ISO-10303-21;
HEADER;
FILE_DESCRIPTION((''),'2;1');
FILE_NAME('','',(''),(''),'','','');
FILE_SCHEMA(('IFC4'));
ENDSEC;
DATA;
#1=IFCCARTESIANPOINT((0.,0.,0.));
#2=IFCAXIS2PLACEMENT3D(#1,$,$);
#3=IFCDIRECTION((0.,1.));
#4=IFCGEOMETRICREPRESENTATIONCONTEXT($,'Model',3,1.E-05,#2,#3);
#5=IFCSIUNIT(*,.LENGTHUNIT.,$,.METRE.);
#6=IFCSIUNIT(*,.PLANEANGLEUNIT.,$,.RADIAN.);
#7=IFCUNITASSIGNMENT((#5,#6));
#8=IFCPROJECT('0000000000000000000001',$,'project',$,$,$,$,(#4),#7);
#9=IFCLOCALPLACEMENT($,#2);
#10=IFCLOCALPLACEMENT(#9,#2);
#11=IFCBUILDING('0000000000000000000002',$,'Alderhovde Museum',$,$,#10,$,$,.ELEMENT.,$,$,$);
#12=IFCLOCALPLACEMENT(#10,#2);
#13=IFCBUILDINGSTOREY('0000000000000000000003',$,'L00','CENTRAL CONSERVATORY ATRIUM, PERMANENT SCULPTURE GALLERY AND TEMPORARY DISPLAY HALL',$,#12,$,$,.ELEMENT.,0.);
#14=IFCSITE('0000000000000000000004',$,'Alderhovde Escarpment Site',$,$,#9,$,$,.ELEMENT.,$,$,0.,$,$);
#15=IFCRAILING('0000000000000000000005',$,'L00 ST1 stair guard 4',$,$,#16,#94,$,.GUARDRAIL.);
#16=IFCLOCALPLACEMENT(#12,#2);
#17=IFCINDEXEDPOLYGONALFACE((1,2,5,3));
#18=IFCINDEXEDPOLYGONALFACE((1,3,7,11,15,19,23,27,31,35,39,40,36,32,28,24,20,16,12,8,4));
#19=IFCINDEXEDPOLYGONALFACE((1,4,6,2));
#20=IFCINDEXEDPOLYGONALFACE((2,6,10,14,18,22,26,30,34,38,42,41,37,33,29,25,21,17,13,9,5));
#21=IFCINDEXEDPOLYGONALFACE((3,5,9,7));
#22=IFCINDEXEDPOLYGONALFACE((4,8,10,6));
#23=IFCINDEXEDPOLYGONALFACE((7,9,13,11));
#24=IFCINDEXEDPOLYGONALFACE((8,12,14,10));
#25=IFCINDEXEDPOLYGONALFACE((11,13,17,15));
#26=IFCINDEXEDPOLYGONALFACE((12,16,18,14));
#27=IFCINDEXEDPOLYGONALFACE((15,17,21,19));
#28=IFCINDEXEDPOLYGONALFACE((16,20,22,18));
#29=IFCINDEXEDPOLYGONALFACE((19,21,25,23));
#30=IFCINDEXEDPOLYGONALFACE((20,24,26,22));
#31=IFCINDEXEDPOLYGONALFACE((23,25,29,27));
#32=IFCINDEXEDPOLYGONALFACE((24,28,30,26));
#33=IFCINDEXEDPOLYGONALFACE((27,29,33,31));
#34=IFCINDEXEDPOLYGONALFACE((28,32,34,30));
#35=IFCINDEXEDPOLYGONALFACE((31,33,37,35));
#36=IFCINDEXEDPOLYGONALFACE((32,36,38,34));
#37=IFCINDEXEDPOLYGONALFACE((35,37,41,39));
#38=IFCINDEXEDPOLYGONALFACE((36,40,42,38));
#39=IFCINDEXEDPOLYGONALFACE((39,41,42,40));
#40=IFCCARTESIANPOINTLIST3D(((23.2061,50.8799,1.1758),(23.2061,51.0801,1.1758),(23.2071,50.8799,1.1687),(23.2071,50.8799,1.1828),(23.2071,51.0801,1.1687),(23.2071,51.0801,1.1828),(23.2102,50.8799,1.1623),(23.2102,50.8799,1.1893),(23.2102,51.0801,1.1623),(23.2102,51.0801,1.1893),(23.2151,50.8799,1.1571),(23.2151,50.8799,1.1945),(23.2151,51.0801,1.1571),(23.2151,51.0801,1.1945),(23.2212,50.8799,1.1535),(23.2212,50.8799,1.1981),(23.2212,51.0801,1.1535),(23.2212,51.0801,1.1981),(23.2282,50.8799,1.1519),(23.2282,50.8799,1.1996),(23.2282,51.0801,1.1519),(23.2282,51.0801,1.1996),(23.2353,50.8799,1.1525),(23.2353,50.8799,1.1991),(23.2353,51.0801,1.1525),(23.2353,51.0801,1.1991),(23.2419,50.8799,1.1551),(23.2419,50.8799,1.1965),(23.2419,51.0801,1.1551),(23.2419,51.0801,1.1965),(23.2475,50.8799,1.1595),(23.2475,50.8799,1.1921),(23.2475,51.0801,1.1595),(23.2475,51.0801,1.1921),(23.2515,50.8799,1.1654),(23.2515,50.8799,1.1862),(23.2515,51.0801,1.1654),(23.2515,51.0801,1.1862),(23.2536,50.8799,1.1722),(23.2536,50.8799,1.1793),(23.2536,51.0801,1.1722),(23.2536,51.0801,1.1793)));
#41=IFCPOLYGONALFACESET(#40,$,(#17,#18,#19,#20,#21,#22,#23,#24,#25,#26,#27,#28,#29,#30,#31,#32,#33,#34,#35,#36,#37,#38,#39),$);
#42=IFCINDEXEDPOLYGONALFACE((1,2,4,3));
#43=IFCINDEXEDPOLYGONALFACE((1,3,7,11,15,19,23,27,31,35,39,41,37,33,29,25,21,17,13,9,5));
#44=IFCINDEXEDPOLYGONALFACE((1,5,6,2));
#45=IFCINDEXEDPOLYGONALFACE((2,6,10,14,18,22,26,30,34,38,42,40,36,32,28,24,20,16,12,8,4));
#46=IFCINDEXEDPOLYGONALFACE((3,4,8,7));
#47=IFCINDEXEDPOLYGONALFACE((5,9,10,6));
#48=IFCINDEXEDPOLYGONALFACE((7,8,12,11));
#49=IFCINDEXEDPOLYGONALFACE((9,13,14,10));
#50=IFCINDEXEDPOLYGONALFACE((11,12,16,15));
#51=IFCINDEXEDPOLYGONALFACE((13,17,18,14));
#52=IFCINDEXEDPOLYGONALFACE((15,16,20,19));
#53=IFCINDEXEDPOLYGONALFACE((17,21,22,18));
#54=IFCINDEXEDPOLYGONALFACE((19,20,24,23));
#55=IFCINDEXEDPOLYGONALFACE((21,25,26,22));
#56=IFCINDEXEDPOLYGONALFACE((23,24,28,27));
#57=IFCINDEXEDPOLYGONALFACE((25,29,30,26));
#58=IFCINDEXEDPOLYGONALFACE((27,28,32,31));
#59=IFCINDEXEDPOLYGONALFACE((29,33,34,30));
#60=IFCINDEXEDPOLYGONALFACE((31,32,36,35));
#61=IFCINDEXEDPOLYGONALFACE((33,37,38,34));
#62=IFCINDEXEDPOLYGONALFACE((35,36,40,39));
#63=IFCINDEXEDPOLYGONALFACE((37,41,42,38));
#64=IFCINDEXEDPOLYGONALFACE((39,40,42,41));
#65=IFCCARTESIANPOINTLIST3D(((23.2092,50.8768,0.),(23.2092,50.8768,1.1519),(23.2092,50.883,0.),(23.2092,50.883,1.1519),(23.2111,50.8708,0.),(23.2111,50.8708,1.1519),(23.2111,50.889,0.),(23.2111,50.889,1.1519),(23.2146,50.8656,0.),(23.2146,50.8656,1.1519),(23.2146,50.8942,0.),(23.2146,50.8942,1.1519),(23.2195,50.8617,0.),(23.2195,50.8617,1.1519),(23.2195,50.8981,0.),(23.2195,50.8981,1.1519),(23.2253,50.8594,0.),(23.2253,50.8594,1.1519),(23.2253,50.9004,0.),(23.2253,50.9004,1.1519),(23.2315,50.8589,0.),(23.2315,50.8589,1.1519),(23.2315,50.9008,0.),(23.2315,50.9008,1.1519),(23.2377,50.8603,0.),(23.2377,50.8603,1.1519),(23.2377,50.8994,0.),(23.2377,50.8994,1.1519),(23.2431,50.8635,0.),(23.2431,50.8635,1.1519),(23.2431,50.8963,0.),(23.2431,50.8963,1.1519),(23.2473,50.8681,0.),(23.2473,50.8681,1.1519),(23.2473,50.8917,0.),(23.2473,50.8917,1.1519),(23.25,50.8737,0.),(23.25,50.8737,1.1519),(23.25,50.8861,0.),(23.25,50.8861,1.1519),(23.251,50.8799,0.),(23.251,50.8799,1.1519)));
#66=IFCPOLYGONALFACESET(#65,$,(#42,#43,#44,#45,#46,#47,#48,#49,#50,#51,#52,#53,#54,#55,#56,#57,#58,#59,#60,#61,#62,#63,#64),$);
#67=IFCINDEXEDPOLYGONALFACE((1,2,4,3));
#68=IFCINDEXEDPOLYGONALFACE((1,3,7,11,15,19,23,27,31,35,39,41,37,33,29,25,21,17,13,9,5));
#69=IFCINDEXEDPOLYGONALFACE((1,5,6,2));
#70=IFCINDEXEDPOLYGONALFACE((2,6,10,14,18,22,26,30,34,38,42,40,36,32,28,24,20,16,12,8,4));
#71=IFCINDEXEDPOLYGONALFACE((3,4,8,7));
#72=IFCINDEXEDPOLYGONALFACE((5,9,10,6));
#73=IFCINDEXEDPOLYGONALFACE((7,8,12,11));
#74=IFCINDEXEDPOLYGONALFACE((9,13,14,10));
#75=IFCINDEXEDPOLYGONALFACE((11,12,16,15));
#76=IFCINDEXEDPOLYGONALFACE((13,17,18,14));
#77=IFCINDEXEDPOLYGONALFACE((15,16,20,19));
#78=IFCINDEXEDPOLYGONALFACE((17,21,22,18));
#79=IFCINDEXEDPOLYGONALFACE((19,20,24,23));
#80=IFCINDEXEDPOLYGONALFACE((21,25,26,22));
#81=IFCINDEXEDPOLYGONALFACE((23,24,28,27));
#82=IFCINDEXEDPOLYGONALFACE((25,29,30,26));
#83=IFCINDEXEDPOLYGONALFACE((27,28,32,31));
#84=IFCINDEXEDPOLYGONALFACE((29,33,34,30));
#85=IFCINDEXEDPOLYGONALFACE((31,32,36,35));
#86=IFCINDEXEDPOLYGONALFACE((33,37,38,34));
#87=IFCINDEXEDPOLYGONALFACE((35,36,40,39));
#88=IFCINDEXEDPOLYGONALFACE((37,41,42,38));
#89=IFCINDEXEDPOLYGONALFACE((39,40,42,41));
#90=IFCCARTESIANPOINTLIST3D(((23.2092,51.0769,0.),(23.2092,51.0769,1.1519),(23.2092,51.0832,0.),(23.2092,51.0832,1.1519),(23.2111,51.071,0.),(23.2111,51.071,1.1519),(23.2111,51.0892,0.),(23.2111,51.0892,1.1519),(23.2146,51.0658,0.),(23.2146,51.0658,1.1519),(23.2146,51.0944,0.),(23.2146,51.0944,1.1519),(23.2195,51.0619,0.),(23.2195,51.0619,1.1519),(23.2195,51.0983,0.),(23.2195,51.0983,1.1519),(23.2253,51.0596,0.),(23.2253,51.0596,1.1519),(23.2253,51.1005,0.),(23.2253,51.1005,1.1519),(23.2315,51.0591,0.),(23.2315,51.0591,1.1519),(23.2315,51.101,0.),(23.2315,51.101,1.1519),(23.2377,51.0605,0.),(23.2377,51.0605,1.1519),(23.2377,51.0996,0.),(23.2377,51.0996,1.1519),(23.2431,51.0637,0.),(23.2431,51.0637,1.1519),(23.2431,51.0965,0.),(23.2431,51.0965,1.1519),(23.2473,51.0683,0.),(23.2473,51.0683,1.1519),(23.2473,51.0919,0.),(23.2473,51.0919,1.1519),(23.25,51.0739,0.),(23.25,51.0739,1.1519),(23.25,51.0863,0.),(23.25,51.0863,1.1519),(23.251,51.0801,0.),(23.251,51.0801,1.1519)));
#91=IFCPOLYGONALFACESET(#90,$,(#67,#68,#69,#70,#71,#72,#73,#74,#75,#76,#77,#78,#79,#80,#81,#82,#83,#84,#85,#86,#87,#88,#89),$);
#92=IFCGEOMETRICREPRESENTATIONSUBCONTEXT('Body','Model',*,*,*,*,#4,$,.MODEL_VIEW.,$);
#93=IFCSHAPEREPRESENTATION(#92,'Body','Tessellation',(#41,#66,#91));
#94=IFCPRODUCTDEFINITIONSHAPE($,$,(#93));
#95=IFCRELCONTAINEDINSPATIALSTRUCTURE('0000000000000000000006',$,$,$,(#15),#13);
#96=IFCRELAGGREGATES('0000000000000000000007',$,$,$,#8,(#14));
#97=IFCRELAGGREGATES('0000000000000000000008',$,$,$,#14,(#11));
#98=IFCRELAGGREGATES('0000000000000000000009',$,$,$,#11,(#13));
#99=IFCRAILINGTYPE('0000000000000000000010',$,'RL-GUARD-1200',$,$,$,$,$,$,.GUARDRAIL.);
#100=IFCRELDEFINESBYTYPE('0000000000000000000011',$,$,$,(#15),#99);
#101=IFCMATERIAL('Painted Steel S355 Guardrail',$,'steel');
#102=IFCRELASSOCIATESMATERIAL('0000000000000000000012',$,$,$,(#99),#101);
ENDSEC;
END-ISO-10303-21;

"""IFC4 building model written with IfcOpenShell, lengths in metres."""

from ifc_helpers import new_model, si_unit, direction, frame, origin, origin_2d, place, context, subcontext, project, spatial, circle, extrude, material, type_object, element, save


model = new_model("IFC4")

# Units and contexts
model_context = context("Model", 3, precision=1e-05, world=origin(), true_north=direction((0.0, 1.0)))
body_context = subcontext(model_context, "Body", "Model", "MODEL_VIEW")
ifc_project = project(units=[si_unit("LENGTHUNIT", "METRE"), si_unit("PLANEANGLEUNIT", "RADIAN")], contexts=[model_context])

# Site, building, storey
site_placement = place(None, origin())
site = spatial("IfcSite", under=ifc_project, at=site_placement, Name="Alderhovde Escarpment Site", CompositionType="ELEMENT", RefElevation=0.0)
building_placement = place(site_placement, origin())
building = spatial("IfcBuilding", under=site, at=building_placement, Name="Alderhovde Museum", CompositionType="ELEMENT")
storey_placement = place(building_placement, origin())
storey = spatial("IfcBuildingStorey", under=building, at=storey_placement, Name="L00", Description="CENTRAL CONSERVATORY ATRIUM, PERMANENT SCULPTURE GALLERY AND TEMPORARY DISPLAY HALL", CompositionType="ELEMENT", Elevation=0.0)

# Railing
ifc_material_1 = material(Name="Painted Steel S355 Guardrail", Category="steel")
railing_type_1 = type_object("IfcRailingType", Name="RL-GUARD-1200", PredefinedType="GUARDRAIL", material=ifc_material_1)
railing_1_placement = place(storey_placement, frame((23.23, 50.8799, 0.0)))
element("IfcRailing", 1, at=railing_1_placement, inside=storey, type_object=railing_type_1, Name="L00 ST1 stair guard 4", PredefinedType="GUARDRAIL", context=body_context, shape_type="SweptSolid", body=[
    extrude(circle(Radius=0.0239, at=origin_2d()), frame((0.0, 0.0, 1.1758), z_axis=(0.0, 1.0, 0.0), x_axis=(-1.0, 0.0, 0.0)), (0.0, 0.0, 1.0), 0.2002),
    extrude(circle(Radius=0.021, at=origin_2d()), origin(), (0.0, 0.0, 1.0), 1.1519),
    extrude(circle(Radius=0.021, at=origin_2d()), frame((0.0, 0.2002, 0.0)), (0.0, 0.0, 1.0), 1.1519),
])

save(model, "model.ifc")
